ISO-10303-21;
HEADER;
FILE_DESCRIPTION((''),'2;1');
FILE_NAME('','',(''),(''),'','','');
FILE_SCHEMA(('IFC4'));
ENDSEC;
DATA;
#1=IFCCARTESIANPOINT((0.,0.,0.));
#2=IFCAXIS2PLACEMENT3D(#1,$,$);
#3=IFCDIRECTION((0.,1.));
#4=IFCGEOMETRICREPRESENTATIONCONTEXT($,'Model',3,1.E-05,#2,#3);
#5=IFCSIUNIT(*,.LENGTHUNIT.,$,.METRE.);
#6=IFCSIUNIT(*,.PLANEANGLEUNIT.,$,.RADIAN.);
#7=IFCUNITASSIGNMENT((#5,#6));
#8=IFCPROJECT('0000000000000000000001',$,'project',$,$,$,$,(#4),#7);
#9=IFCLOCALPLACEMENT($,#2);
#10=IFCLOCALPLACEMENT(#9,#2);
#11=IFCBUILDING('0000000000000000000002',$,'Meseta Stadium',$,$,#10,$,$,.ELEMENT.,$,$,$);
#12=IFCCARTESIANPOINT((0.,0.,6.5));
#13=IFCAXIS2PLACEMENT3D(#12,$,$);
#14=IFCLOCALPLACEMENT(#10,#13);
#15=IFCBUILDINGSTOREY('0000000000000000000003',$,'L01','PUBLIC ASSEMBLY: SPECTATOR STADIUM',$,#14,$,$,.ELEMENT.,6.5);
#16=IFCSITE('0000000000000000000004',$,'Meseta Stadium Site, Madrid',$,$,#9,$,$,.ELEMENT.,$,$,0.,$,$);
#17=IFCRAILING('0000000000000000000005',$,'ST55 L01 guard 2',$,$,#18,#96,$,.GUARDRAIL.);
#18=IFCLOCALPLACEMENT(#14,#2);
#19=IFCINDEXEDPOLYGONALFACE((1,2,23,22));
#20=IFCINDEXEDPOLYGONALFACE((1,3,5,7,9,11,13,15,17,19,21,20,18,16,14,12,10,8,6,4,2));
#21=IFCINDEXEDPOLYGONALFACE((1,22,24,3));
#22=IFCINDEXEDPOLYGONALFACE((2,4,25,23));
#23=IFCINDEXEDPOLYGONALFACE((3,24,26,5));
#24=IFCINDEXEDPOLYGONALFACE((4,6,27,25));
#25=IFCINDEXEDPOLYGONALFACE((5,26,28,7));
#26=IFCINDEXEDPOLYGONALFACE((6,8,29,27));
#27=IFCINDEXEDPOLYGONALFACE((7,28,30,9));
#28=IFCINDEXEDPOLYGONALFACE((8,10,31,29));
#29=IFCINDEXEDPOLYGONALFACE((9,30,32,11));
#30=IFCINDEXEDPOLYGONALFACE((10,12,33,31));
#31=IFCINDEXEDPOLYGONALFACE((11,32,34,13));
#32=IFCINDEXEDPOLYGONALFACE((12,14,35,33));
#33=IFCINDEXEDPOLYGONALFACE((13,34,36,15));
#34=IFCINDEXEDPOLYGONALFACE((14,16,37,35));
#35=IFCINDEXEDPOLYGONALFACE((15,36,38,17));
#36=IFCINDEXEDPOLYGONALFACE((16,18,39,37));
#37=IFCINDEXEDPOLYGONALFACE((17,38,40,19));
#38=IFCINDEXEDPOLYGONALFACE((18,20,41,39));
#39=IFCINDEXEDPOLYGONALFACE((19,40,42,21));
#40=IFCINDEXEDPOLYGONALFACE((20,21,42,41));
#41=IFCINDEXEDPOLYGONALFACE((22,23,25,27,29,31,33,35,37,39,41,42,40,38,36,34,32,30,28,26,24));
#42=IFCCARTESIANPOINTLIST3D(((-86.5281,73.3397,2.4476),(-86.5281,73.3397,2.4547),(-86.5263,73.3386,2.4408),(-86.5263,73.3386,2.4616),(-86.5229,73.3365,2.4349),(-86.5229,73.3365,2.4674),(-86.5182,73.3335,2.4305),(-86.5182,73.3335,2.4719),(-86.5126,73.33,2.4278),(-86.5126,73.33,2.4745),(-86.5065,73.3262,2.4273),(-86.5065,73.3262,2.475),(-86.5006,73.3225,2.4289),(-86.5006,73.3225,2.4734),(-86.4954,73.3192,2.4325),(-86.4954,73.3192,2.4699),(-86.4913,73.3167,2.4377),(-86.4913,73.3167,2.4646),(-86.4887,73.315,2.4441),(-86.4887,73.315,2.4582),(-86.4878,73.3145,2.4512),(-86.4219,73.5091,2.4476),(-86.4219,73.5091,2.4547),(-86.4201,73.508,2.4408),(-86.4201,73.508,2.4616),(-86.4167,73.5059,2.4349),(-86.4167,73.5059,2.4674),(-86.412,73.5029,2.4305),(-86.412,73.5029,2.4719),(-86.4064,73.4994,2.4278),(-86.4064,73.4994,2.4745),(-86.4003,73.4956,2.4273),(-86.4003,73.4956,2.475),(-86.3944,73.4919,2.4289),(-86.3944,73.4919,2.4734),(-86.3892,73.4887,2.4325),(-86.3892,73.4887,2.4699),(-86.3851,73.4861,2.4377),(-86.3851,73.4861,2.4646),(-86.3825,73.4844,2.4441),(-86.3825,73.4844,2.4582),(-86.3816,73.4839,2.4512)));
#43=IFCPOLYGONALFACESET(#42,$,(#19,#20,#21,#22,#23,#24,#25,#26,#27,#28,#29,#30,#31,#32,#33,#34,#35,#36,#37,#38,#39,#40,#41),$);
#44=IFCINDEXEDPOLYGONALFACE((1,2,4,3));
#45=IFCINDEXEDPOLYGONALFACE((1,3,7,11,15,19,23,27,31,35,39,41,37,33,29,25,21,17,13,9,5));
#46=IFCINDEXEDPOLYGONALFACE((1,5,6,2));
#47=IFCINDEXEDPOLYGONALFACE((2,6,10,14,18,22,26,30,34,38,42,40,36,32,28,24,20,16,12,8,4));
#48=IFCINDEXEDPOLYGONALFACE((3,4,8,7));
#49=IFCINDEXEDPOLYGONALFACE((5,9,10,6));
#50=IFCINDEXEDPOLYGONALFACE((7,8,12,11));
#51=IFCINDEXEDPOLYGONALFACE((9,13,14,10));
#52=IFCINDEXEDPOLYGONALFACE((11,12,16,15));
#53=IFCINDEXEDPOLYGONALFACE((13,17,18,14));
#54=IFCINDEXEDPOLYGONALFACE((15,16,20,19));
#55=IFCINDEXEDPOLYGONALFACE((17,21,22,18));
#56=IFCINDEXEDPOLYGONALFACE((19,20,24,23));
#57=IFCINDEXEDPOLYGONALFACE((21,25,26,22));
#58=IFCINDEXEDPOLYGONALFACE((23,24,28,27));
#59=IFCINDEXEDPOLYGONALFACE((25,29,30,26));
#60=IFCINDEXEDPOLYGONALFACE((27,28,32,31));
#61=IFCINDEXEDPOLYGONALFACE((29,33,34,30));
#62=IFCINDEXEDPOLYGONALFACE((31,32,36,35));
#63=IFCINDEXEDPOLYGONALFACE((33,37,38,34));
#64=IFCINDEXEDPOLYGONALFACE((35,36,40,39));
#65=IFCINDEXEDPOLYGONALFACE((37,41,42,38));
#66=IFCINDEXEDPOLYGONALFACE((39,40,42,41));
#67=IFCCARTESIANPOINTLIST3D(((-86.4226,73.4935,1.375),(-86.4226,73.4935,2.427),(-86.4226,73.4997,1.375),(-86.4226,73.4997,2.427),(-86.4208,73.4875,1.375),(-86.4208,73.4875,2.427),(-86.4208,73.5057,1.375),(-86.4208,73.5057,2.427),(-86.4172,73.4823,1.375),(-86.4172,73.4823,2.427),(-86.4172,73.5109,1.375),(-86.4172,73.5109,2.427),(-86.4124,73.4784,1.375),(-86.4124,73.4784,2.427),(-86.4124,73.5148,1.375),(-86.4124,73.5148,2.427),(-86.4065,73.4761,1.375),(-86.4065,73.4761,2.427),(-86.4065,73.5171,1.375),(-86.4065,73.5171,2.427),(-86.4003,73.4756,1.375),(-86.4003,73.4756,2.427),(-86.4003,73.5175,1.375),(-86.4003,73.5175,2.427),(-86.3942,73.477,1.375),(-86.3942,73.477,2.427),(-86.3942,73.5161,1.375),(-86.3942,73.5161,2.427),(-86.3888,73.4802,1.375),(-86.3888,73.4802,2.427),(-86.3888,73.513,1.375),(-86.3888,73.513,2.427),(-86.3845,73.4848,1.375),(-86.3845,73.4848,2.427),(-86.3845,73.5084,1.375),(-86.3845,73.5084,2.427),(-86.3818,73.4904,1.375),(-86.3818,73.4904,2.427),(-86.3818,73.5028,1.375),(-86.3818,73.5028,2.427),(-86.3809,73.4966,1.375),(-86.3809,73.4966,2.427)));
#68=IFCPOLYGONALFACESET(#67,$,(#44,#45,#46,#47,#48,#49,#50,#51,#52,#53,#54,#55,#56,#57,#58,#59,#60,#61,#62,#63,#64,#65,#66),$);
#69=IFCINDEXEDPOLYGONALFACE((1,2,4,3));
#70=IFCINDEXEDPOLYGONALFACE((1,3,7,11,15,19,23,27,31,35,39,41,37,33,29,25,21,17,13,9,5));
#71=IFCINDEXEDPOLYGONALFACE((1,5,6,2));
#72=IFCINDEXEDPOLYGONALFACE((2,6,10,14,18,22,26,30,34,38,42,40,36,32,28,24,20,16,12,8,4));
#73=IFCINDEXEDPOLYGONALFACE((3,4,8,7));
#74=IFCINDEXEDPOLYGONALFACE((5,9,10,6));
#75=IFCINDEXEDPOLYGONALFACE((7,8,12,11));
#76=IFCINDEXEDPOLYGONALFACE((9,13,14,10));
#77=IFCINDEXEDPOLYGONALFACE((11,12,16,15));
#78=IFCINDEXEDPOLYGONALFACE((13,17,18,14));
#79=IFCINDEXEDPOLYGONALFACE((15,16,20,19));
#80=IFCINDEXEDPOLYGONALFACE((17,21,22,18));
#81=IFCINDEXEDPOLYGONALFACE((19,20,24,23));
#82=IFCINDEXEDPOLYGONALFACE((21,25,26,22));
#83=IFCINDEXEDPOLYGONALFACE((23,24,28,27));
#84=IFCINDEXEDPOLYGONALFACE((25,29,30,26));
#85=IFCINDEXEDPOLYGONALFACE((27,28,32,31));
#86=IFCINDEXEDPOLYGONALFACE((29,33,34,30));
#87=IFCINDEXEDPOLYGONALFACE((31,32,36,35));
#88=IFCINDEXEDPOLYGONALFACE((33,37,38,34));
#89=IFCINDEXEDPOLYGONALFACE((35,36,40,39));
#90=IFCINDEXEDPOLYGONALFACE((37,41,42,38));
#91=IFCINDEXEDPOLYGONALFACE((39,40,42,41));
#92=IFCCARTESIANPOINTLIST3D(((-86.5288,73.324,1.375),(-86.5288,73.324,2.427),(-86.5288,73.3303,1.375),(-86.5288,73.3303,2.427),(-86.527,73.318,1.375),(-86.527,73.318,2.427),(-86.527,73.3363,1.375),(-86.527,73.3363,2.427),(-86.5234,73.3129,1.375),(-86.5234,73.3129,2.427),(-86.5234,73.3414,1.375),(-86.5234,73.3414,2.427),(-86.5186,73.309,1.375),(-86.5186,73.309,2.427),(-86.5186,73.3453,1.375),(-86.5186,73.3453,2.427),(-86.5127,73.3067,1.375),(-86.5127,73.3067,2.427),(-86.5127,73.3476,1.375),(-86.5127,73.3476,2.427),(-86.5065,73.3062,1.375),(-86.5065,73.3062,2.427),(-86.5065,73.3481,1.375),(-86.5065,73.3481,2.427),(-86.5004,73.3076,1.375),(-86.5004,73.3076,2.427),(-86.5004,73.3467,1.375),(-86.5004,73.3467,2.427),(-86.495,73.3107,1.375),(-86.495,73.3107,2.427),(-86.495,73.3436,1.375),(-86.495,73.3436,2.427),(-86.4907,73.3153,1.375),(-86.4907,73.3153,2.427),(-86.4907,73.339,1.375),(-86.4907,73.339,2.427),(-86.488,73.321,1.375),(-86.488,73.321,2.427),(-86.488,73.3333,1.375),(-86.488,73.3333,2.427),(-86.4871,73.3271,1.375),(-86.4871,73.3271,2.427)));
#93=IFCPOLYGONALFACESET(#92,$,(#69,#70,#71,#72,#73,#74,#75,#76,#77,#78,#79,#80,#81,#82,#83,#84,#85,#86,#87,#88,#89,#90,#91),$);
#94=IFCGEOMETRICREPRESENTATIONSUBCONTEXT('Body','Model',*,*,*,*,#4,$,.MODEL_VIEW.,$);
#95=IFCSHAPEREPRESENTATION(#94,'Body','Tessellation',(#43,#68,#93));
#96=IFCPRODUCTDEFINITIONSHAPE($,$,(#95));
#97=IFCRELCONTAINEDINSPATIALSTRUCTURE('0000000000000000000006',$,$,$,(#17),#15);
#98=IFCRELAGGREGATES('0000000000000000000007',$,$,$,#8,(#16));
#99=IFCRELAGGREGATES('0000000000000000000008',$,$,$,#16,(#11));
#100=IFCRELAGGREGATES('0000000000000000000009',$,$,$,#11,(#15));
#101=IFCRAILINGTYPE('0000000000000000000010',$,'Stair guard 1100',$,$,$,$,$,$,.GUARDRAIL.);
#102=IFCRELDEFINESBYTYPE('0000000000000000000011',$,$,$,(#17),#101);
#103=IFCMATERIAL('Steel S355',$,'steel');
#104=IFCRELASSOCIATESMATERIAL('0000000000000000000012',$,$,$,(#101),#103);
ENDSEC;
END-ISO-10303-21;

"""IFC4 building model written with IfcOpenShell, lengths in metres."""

from ifc_helpers import new_model, si_unit, direction, frame, origin, origin_2d, place, context, subcontext, project, spatial, circle, extrude, material, type_object, element, save


model = new_model("IFC4")

# Units and contexts
model_context = context("Model", 3, precision=1e-05, world=origin(), true_north=direction((0.0, 1.0)))
body_context = subcontext(model_context, "Body", "Model", "MODEL_VIEW")
ifc_project = project(units=[si_unit("LENGTHUNIT", "METRE"), si_unit("PLANEANGLEUNIT", "RADIAN")], contexts=[model_context])

# Site, building, storey
site_placement = place(None, origin())
site = spatial("IfcSite", under=ifc_project, at=site_placement, Name="Meseta Stadium Site, Madrid", CompositionType="ELEMENT", RefElevation=0.0)
building_placement = place(site_placement, origin())
building = spatial("IfcBuilding", under=site, at=building_placement, Name="Meseta Stadium", CompositionType="ELEMENT")
storey_placement = place(building_placement, frame((0.0, 0.0, 6.5)))
storey = spatial("IfcBuildingStorey", under=building, at=storey_placement, Name="L01", Description="PUBLIC ASSEMBLY: SPECTATOR STADIUM", CompositionType="ELEMENT", Elevation=6.5)

# Railing
ifc_material_1 = material(Name="Steel S355", Category="steel")
railing_type_1 = type_object("IfcRailingType", Name="Stair guard 1100", PredefinedType="GUARDRAIL", material=ifc_material_1)
railing_1_placement = place(storey_placement, frame((-86.4019, 73.4966, 1.375)))
element("IfcRailing", 1, at=railing_1_placement, inside=storey, type_object=railing_type_1, Name="ST55 L01 guard 2", PredefinedType="GUARDRAIL", context=body_context, shape_type="SweptSolid", body=[
    extrude(circle(Radius=0.0239, at=origin_2d()), frame((0.0, 0.0, 1.0762), z_axis=(-0.531096, -0.847312, 0.0), x_axis=(0.847312, -0.531096, 0.0)), (0.0, 0.0, 1.0), 0.2),
    extrude(circle(Radius=0.021, at=origin_2d()), origin(), (0.0, 0.0, 1.0), 1.052),
    extrude(circle(Radius=0.021, at=origin_2d()), frame((-0.1062, -0.1694, 0.0)), (0.0, 0.0, 1.0), 1.052),
])

save(model, "model.ifc")
